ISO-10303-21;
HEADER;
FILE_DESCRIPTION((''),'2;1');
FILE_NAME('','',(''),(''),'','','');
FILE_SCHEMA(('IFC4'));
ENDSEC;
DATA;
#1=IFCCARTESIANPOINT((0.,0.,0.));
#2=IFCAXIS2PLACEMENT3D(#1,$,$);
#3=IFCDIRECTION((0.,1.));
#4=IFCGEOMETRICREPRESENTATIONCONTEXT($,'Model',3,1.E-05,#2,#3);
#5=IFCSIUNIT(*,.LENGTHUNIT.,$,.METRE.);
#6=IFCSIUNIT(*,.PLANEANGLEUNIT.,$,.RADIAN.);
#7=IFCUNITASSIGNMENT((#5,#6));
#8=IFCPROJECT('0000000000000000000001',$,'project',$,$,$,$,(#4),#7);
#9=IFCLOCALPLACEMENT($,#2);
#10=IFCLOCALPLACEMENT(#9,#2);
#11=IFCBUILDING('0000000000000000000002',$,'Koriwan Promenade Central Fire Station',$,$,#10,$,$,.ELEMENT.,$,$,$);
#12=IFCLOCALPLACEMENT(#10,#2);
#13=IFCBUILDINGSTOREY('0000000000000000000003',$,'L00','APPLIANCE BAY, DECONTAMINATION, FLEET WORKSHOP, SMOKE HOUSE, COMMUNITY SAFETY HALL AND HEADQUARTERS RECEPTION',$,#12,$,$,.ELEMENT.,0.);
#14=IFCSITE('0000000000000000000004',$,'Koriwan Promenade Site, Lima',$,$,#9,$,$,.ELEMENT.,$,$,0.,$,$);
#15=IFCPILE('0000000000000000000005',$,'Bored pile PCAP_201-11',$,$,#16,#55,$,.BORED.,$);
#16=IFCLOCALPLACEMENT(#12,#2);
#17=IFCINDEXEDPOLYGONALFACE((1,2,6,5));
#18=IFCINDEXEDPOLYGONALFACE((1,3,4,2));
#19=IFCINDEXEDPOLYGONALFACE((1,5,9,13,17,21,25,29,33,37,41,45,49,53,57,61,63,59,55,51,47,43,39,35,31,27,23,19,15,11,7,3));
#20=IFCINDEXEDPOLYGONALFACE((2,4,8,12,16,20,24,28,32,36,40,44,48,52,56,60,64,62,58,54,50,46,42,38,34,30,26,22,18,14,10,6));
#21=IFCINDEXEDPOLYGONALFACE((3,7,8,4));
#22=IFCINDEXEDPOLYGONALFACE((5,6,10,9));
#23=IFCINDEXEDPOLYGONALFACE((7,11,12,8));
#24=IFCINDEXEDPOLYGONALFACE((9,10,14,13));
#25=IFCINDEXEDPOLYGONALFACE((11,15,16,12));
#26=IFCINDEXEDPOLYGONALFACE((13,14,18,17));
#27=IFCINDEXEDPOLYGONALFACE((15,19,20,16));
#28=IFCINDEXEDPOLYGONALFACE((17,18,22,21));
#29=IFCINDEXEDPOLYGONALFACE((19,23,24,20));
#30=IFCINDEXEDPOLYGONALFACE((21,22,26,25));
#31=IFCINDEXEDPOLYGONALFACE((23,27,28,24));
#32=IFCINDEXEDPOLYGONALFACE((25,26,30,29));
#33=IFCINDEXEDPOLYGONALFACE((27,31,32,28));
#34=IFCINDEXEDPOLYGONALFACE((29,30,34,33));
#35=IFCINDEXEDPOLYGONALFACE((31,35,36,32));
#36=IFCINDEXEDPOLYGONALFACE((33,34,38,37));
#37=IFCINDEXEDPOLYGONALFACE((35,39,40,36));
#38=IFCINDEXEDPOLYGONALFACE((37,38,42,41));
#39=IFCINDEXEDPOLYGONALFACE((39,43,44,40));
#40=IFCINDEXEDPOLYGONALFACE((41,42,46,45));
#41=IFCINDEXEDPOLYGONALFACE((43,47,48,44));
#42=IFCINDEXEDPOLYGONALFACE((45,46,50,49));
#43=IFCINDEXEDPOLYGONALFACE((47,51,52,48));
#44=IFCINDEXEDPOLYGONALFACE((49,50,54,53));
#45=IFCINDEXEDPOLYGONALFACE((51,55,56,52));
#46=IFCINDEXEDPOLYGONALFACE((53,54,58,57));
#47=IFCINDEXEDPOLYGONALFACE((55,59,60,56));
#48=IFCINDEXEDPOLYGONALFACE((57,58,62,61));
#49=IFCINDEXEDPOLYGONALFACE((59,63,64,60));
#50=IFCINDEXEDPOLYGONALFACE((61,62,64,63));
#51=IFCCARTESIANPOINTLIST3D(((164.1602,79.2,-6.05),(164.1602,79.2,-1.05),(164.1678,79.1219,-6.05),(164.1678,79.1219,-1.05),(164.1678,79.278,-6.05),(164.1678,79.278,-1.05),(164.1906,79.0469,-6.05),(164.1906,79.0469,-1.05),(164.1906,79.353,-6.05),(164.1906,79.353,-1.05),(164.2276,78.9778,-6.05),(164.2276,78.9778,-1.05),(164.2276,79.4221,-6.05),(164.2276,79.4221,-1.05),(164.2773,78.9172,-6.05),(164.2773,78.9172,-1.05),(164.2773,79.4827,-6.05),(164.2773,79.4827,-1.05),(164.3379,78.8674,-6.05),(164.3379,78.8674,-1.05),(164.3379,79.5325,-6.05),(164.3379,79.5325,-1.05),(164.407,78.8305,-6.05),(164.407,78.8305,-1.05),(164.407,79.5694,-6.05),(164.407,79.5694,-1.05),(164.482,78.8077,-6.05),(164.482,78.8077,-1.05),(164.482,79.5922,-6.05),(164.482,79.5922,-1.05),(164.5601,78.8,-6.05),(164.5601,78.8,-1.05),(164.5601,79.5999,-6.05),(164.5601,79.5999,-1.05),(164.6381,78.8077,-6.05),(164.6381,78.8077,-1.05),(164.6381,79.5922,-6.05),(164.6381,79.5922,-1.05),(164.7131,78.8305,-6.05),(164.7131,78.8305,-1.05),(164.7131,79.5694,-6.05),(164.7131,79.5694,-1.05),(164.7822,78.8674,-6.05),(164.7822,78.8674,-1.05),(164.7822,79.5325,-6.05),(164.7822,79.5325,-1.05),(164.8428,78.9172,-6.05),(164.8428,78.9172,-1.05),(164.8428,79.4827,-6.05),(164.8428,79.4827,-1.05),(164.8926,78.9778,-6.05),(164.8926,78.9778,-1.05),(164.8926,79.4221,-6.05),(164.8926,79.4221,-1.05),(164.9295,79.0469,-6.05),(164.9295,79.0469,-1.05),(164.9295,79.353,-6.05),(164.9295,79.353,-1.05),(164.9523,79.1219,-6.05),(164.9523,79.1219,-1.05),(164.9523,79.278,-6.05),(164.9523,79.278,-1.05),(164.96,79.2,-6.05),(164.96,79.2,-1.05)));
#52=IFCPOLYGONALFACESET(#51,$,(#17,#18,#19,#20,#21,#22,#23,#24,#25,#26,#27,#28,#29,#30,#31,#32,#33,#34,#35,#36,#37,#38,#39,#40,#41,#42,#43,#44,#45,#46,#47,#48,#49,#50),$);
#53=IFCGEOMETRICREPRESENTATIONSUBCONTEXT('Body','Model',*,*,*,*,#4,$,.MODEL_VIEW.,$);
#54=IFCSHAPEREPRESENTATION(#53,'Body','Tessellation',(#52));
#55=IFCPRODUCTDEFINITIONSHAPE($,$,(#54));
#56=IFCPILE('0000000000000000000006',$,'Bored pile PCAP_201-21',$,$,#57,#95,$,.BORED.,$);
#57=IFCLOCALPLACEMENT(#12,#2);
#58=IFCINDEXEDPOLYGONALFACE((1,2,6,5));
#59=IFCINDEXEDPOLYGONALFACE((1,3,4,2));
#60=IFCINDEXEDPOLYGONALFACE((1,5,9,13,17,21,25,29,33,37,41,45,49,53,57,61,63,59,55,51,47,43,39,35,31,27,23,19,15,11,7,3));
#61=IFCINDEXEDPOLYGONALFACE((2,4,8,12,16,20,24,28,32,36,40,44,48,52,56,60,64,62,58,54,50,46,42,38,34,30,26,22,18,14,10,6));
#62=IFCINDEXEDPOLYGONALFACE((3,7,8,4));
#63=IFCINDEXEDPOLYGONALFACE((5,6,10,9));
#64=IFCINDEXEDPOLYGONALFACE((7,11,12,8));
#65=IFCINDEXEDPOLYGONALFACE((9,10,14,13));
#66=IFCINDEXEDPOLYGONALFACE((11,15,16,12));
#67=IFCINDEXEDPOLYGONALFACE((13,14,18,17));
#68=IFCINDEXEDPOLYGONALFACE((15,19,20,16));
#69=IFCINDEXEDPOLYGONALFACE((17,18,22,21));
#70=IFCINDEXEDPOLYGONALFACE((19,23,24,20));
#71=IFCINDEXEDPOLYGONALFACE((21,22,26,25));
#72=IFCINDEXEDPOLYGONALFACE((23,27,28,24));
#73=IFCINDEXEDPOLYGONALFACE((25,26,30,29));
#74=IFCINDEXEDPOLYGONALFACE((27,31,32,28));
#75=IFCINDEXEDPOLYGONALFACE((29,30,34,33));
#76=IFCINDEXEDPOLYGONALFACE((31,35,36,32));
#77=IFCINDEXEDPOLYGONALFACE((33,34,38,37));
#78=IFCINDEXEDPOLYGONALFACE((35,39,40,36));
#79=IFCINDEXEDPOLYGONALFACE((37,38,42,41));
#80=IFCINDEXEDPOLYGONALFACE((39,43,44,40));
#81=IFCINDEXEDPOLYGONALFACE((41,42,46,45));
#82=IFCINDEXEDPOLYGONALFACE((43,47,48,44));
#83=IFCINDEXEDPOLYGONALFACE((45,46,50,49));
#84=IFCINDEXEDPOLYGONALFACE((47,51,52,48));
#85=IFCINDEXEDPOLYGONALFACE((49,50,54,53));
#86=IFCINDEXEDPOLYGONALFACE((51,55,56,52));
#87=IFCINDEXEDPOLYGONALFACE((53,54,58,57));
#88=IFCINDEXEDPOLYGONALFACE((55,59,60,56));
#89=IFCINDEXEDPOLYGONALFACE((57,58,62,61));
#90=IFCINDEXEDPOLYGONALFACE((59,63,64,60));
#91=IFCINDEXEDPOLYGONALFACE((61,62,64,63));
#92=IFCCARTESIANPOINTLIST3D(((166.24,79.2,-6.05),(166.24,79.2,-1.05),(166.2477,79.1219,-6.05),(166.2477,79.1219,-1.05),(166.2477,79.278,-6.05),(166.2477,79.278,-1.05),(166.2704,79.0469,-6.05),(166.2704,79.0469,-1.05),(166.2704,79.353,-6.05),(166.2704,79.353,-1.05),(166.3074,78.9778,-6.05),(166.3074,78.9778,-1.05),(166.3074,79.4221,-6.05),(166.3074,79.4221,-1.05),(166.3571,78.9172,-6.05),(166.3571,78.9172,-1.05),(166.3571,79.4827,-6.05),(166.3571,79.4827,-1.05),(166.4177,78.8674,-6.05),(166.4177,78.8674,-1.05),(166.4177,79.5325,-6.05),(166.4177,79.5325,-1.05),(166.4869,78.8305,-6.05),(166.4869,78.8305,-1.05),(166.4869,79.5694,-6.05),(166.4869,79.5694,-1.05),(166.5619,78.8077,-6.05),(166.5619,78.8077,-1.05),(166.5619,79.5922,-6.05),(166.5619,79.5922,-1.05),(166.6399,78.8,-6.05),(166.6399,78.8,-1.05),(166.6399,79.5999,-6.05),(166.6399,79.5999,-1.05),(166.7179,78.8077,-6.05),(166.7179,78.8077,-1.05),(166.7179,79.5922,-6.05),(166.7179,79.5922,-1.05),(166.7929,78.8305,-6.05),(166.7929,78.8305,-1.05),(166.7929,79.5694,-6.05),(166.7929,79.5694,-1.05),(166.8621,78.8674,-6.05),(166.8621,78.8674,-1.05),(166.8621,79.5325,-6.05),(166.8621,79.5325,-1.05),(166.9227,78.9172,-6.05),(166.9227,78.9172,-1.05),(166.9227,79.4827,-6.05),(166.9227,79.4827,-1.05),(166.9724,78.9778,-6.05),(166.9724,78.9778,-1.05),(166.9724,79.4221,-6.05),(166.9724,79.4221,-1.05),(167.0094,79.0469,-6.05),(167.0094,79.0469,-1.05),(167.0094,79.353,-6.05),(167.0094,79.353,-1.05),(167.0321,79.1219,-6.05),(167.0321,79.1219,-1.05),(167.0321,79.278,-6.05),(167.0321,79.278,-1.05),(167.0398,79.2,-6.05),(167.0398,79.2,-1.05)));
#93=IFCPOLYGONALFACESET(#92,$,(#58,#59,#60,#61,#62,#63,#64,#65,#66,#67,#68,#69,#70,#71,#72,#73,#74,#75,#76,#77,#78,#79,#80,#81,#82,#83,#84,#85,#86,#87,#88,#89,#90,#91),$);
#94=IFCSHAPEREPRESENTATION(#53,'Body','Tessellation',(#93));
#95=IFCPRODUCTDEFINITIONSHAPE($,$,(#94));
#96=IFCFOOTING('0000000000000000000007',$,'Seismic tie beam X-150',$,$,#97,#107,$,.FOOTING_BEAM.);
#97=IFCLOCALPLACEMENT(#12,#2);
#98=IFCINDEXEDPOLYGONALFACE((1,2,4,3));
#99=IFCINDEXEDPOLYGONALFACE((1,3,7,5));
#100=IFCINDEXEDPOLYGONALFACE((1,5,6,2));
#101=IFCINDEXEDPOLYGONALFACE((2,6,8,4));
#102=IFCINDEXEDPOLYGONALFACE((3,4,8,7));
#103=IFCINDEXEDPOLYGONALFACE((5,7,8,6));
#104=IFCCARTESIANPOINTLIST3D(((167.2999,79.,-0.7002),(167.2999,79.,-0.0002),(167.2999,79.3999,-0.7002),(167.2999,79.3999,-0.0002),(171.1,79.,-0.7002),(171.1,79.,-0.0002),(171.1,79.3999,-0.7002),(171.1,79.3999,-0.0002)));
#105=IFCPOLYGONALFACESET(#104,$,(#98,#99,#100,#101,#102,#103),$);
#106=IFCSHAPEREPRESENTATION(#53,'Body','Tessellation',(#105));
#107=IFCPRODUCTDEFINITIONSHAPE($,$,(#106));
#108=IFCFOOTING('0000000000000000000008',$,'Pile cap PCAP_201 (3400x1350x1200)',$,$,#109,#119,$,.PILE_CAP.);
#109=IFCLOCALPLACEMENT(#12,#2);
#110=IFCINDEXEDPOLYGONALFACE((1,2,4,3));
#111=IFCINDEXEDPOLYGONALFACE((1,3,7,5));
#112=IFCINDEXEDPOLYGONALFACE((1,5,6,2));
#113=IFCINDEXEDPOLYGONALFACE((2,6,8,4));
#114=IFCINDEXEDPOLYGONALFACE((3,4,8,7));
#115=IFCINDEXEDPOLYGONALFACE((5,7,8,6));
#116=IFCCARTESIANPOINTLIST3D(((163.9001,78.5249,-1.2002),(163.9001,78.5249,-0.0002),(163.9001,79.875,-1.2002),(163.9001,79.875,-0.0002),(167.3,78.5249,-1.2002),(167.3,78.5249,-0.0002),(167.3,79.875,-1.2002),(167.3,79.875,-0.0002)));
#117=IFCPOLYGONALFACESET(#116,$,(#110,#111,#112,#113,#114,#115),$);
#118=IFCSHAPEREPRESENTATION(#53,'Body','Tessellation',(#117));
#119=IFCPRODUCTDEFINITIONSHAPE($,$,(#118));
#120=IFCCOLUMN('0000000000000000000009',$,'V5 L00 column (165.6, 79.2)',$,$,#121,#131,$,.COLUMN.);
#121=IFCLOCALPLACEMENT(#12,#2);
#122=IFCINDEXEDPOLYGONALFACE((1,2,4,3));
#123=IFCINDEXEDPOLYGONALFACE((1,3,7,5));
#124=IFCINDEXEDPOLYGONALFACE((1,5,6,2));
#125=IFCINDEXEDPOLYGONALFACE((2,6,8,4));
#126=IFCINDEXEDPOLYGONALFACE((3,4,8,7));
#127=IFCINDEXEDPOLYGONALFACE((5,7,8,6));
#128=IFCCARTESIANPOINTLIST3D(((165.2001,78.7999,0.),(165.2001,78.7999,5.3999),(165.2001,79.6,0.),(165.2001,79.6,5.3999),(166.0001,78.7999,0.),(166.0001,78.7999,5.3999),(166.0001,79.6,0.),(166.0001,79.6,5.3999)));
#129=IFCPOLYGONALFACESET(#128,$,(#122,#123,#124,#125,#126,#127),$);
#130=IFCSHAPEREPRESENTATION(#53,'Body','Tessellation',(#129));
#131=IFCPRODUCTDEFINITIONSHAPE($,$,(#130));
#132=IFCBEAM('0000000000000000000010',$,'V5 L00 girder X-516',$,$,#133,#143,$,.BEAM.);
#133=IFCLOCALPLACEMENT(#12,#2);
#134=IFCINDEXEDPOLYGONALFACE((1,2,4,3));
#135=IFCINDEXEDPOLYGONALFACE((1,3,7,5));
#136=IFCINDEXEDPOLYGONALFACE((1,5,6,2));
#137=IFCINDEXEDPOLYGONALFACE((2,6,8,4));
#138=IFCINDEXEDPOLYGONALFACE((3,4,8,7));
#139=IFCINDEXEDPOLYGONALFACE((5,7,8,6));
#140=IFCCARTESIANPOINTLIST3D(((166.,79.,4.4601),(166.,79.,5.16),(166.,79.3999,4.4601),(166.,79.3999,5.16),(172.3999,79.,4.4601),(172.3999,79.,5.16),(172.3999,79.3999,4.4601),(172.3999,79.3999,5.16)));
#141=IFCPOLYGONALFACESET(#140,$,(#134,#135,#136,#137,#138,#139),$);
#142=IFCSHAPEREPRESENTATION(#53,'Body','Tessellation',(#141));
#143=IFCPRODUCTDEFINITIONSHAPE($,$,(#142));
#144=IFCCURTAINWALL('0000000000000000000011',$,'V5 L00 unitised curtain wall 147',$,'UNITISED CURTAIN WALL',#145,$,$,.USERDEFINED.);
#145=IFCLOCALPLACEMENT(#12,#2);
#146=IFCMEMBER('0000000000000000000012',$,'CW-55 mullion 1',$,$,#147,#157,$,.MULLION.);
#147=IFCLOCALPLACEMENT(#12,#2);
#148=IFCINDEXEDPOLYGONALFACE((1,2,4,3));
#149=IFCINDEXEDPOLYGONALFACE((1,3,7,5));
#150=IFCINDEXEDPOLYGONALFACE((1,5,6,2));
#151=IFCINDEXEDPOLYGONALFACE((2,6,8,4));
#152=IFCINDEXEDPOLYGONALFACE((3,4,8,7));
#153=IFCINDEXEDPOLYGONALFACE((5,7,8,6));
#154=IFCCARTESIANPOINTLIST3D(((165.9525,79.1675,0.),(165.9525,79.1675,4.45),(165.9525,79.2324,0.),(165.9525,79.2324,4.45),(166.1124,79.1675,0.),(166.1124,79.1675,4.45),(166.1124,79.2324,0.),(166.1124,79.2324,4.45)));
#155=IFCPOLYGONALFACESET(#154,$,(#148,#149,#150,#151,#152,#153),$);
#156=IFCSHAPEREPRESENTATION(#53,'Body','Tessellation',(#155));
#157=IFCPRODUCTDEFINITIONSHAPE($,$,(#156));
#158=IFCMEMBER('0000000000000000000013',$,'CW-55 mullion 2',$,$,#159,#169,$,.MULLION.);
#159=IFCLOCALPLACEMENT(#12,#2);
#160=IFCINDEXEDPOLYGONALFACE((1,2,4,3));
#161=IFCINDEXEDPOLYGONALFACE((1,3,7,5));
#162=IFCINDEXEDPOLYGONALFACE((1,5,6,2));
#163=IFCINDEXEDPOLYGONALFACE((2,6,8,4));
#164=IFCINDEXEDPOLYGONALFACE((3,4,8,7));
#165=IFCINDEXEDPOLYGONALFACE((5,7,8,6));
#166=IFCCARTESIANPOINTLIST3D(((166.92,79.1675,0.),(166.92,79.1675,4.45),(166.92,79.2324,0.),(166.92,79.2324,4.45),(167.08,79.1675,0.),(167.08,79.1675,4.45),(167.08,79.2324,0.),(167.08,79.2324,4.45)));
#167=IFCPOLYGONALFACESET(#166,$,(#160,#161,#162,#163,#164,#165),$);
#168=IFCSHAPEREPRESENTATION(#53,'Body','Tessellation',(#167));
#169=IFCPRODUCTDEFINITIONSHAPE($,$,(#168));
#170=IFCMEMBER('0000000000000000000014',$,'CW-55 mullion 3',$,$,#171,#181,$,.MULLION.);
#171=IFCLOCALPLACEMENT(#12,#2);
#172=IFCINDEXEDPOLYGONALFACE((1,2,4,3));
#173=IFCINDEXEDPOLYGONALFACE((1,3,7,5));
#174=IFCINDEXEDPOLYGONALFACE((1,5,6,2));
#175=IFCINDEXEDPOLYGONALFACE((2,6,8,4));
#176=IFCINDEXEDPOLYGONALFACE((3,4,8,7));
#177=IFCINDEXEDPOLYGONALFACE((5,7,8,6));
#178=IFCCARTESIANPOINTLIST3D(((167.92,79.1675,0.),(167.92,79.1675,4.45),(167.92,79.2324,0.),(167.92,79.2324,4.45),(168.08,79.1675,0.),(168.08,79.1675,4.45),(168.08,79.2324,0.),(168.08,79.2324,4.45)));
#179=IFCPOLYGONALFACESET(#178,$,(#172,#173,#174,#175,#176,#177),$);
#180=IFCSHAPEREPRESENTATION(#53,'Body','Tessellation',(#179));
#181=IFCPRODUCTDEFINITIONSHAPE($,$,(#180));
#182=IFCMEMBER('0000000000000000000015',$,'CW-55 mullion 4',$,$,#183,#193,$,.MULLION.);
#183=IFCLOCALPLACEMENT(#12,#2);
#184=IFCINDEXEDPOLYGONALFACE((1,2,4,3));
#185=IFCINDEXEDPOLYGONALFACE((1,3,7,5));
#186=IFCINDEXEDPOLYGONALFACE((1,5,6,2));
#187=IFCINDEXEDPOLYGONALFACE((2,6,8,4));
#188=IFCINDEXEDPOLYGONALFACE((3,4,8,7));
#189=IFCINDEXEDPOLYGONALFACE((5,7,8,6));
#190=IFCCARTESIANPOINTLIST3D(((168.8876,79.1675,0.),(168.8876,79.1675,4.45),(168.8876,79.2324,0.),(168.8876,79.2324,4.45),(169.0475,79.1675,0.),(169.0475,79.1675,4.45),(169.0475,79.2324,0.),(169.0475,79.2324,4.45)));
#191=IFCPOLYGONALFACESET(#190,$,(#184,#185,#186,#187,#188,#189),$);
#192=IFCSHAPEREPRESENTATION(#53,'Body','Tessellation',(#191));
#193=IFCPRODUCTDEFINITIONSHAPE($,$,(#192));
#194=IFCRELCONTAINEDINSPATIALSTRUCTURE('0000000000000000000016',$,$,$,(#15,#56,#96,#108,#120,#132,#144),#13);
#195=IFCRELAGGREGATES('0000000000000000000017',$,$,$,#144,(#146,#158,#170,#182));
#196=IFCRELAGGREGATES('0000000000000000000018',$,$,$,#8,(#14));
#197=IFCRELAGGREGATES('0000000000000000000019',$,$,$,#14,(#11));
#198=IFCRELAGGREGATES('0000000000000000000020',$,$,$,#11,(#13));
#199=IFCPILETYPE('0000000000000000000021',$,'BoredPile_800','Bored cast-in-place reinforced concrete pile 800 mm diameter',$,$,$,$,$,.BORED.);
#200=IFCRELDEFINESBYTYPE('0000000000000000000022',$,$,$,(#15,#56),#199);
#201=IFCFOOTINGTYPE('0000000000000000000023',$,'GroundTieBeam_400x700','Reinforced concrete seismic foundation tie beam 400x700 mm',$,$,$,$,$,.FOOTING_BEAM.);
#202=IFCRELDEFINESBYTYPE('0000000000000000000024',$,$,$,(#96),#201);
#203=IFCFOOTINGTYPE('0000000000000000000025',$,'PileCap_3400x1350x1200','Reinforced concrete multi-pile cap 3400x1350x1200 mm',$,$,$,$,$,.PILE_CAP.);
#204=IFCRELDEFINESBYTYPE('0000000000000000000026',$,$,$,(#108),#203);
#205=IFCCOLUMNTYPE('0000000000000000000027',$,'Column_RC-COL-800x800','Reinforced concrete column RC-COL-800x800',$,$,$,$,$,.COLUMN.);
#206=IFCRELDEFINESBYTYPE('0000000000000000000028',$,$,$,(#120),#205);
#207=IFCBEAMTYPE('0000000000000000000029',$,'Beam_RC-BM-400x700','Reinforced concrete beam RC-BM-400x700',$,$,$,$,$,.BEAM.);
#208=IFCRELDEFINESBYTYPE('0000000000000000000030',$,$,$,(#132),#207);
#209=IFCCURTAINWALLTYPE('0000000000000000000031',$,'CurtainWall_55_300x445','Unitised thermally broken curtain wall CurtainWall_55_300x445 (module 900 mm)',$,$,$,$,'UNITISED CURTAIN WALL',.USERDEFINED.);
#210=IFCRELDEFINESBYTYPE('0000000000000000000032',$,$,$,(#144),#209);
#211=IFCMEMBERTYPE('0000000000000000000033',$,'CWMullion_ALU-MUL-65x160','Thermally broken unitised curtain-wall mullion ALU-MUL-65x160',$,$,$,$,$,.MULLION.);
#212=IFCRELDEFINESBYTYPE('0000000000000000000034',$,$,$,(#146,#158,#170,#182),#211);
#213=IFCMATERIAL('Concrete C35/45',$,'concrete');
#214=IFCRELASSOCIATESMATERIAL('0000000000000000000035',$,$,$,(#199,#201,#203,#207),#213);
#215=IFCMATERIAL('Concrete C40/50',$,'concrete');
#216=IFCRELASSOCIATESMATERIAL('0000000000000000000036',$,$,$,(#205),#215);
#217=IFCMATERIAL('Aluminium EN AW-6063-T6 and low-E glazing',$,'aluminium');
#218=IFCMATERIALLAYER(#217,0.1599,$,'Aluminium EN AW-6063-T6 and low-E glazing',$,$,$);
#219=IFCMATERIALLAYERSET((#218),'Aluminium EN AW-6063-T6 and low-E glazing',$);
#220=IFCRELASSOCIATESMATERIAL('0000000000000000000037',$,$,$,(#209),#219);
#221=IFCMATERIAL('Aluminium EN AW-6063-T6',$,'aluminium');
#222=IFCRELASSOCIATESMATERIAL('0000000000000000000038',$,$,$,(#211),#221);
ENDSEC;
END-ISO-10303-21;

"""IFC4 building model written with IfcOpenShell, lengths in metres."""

from ifc_helpers import new_model, si_unit, direction, frame, origin, origin_2d, place, context, subcontext, project, spatial, rectangle, circle, extrude, material, layer, layer_set, material_profile, profile_set, type_object, element, aggregate, save


model = new_model("IFC4")

# Units and contexts
model_context = context("Model", 3, precision=1e-05, world=origin(), true_north=direction((0.0, 1.0)))
body_context = subcontext(model_context, "Body", "Model", "MODEL_VIEW")
ifc_project = project(units=[si_unit("LENGTHUNIT", "METRE"), si_unit("PLANEANGLEUNIT", "RADIAN")], contexts=[model_context])

# Site, building, storey
site_placement = place(None, origin())
site = spatial("IfcSite", under=ifc_project, at=site_placement, Name="Koriwan Promenade Site, Lima", CompositionType="ELEMENT", RefElevation=0.0)
building_placement = place(site_placement, origin())
building = spatial("IfcBuilding", under=site, at=building_placement, Name="Koriwan Promenade Central Fire Station", CompositionType="ELEMENT")
storey_placement = place(building_placement, origin())
storey = spatial("IfcBuildingStorey", under=building, at=storey_placement, Name="L00", Description="APPLIANCE BAY, DECONTAMINATION, FLEET WORKSHOP, SMOKE HOUSE, COMMUNITY SAFETY HALL AND HEADQUARTERS RECEPTION", CompositionType="ELEMENT", Elevation=0.0)

# Piles
ifc_material_1 = material(Name="Concrete C35/45", Category="concrete")
ifc_material_profile_1 = material_profile(ifc_material_1, circle(Radius=0.3999, at=origin_2d()), Name="PILE-D800")
ifc_profile_set_1 = profile_set([ifc_material_profile_1], Name="Concrete C35/45")
pile_type = type_object("IfcPileType", Name="BoredPile_800", Description="Bored cast-in-place reinforced concrete pile 800 mm diameter", PredefinedType="BORED", material=ifc_profile_set_1)
for number, where, z_axis, x_axis, name in (
    (1, (164.5601, 79.2, -1.05), (0.0, 0.0, -1.0), (1.0, 0.0, 0.0), "Bored pile PCAP_201-11"),
    (2, (166.6399, 79.2, -1.05), (0.0, 0.0, -1.0), (1.0, 0.0, 0.0), "Bored pile PCAP_201-21"),
):
    element("IfcPile", number, at=place(storey_placement, frame(where, z_axis=z_axis, x_axis=x_axis)), inside=storey, type_object=pile_type, Name=name, PredefinedType="BORED", context=body_context, shape_type="SweptSolid", body=[
        extrude(circle(Radius=0.3999, at=origin_2d()), origin(), (0.0, 0.0, 1.0), 5.0),
    ])

# Footings
footing_type_1 = type_object("IfcFootingType", Name="GroundTieBeam_400x700", Description="Reinforced concrete seismic foundation tie beam 400x700 mm", PredefinedType="FOOTING_BEAM", material=ifc_material_1)
footing_1_placement = place(storey_placement, frame((169.2, 79.2, -0.7002), z_axis=(0.0, 0.0, 1.0), x_axis=(1.0, 0.0, 0.0)))
element("IfcFooting", 3, at=footing_1_placement, inside=storey, type_object=footing_type_1, Name="Seismic tie beam X-150", PredefinedType="FOOTING_BEAM", context=body_context, shape_type="SweptSolid", body=[
    extrude(rectangle(XDim=3.8, YDim=0.3999, at=origin_2d()), origin(), (0.0, 0.0, 1.0), 0.7),
])
footing_type_2 = type_object("IfcFootingType", Name="PileCap_3400x1350x1200", Description="Reinforced concrete multi-pile cap 3400x1350x1200 mm", PredefinedType="PILE_CAP", material=ifc_material_1)
footing_2_placement = place(storey_placement, frame((165.6001, 79.2, -1.2002), z_axis=(0.0, 0.0, 1.0), x_axis=(1.0, 0.0, 0.0)))
element("IfcFooting", 4, at=footing_2_placement, inside=storey, type_object=footing_type_2, Name="Pile cap PCAP_201 (3400x1350x1200)", PredefinedType="PILE_CAP", context=body_context, shape_type="SweptSolid", body=[
    extrude(rectangle(XDim=3.3999, YDim=1.3501, at=origin_2d()), origin(), (0.0, 0.0, 1.0), 1.2),
])

# Column
ifc_material_2 = material(Name="Concrete C40/50", Category="concrete")
ifc_material_profile_2 = material_profile(ifc_material_2, rectangle(XDim=0.8, YDim=0.8, at=origin_2d()), Name="RC-COL-800x800")
ifc_profile_set_2 = profile_set([ifc_material_profile_2], Name="Concrete C40/50")
column_type = type_object("IfcColumnType", Name="Column_RC-COL-800x800", Description="Reinforced concrete column RC-COL-800x800", PredefinedType="COLUMN", material=ifc_profile_set_2)
column_placement = place(storey_placement, frame((165.6001, 79.2, 0.0), z_axis=(0.0, 0.0, 1.0), x_axis=(1.0, 0.0, 0.0)))
element("IfcColumn", 5, at=column_placement, inside=storey, type_object=column_type, Name="V5 L00 column (165.6, 79.2)", PredefinedType="COLUMN", context=body_context, shape_type="SweptSolid", body=[
    extrude(rectangle(XDim=0.8, YDim=0.8, at=origin_2d()), origin(), (0.0, 0.0, 1.0), 5.3999),
])

# Beam
ifc_material_profile_3 = material_profile(ifc_material_1, rectangle(XDim=0.3999, YDim=0.7, at=origin_2d()), Name="RC-BM-400x700")
ifc_profile_set_3 = profile_set([ifc_material_profile_3], Name="Concrete C35/45")
beam_type = type_object("IfcBeamType", Name="Beam_RC-BM-400x700", Description="Reinforced concrete beam RC-BM-400x700", PredefinedType="BEAM", material=ifc_profile_set_3)
beam_placement = place(storey_placement, frame((166.0, 79.2, 4.8101), z_axis=(1.0, 0.0, 0.0), x_axis=(0.0, 1.0, 0.0)))
element("IfcBeam", 6, at=beam_placement, inside=storey, type_object=beam_type, Name="V5 L00 girder X-516", PredefinedType="BEAM", context=body_context, shape_type="SweptSolid", body=[
    extrude(rectangle(XDim=0.3999, YDim=0.7, at=origin_2d()), origin(), (0.0, 0.0, 1.0), 6.3999),
])

# Curtain wall, members
ifc_material_3 = material(Name="Aluminium EN AW-6063-T6 and low-E glazing", Category="aluminium")
ifc_layer_1 = layer(ifc_material_3, 0.1599, Name="Aluminium EN AW-6063-T6 and low-E glazing")
ifc_layer_set_1 = layer_set([ifc_layer_1], Name="Aluminium EN AW-6063-T6 and low-E glazing")
curtain_wall_type = type_object("IfcCurtainWallType", Name="CurtainWall_55_300x445", Description="Unitised thermally broken curtain wall CurtainWall_55_300x445 (module 900 mm)", ElementType="UNITISED CURTAIN WALL", PredefinedType="USERDEFINED", material=ifc_layer_set_1)
curtain_wall_placement = place(storey_placement, origin())
curtain_wall = element("IfcCurtainWall", 7, at=curtain_wall_placement, inside=storey, type_object=curtain_wall_type, Name="V5 L00 unitised curtain wall 147", ObjectType="UNITISED CURTAIN WALL", PredefinedType="USERDEFINED")
ifc_material_4 = material(Name="Aluminium EN AW-6063-T6", Category="aluminium")
ifc_material_profile_4 = material_profile(ifc_material_4, rectangle(XDim=0.0649, YDim=0.1599, at=origin_2d()), Name="ALU-MUL-65x160")
ifc_profile_set_4 = profile_set([ifc_material_profile_4], Name="Aluminium EN AW-6063-T6")
member_type_1 = type_object("IfcMemberType", Name="CWMullion_ALU-MUL-65x160", Description="Thermally broken unitised curtain-wall mullion ALU-MUL-65x160", PredefinedType="MULLION", material=ifc_profile_set_4)
member_1_placement = place(storey_placement, frame((166.0325, 79.2, 0.0), z_axis=(0.0, 0.0, 1.0), x_axis=(0.0, 1.0, 0.0)))
member_1 = element("IfcMember", 8, at=member_1_placement, type_object=member_type_1, Name="CW-55 mullion 1", PredefinedType="MULLION", context=body_context, shape_type="SweptSolid", body=[
    extrude(rectangle(XDim=0.0649, YDim=0.1599, at=origin_2d()), origin(), (0.0, 0.0, 1.0), 4.45),
])
member_2_placement = place(storey_placement, frame((167.0, 79.2, 0.0), z_axis=(0.0, 0.0, 1.0), x_axis=(0.0, 1.0, 0.0)))
member_2 = element("IfcMember", 9, at=member_2_placement, type_object=member_type_1, Name="CW-55 mullion 2", PredefinedType="MULLION", context=body_context, shape_type="SweptSolid", body=[
    extrude(rectangle(XDim=0.0649, YDim=0.1599, at=origin_2d()), origin(), (0.0, 0.0, 1.0), 4.45),
])
member_3_placement = place(storey_placement, frame((168.0, 79.2, 0.0), z_axis=(0.0, 0.0, 1.0), x_axis=(0.0, 1.0, 0.0)))
member_3 = element("IfcMember", 10, at=member_3_placement, type_object=member_type_1, Name="CW-55 mullion 3", PredefinedType="MULLION", context=body_context, shape_type="SweptSolid", body=[
    extrude(rectangle(XDim=0.0649, YDim=0.1599, at=origin_2d()), origin(), (0.0, 0.0, 1.0), 4.45),
])
member_4_placement = place(storey_placement, frame((168.9675, 79.2, 0.0), z_axis=(0.0, 0.0, 1.0), x_axis=(0.0, 1.0, 0.0)))
member_4 = element("IfcMember", 11, at=member_4_placement, type_object=member_type_1, Name="CW-55 mullion 4", PredefinedType="MULLION", context=body_context, shape_type="SweptSolid", body=[
    extrude(rectangle(XDim=0.0649, YDim=0.1599, at=origin_2d()), origin(), (0.0, 0.0, 1.0), 4.45),
])
aggregate(curtain_wall, [member_1, member_2, member_3, member_4])

save(model, "model.ifc")
